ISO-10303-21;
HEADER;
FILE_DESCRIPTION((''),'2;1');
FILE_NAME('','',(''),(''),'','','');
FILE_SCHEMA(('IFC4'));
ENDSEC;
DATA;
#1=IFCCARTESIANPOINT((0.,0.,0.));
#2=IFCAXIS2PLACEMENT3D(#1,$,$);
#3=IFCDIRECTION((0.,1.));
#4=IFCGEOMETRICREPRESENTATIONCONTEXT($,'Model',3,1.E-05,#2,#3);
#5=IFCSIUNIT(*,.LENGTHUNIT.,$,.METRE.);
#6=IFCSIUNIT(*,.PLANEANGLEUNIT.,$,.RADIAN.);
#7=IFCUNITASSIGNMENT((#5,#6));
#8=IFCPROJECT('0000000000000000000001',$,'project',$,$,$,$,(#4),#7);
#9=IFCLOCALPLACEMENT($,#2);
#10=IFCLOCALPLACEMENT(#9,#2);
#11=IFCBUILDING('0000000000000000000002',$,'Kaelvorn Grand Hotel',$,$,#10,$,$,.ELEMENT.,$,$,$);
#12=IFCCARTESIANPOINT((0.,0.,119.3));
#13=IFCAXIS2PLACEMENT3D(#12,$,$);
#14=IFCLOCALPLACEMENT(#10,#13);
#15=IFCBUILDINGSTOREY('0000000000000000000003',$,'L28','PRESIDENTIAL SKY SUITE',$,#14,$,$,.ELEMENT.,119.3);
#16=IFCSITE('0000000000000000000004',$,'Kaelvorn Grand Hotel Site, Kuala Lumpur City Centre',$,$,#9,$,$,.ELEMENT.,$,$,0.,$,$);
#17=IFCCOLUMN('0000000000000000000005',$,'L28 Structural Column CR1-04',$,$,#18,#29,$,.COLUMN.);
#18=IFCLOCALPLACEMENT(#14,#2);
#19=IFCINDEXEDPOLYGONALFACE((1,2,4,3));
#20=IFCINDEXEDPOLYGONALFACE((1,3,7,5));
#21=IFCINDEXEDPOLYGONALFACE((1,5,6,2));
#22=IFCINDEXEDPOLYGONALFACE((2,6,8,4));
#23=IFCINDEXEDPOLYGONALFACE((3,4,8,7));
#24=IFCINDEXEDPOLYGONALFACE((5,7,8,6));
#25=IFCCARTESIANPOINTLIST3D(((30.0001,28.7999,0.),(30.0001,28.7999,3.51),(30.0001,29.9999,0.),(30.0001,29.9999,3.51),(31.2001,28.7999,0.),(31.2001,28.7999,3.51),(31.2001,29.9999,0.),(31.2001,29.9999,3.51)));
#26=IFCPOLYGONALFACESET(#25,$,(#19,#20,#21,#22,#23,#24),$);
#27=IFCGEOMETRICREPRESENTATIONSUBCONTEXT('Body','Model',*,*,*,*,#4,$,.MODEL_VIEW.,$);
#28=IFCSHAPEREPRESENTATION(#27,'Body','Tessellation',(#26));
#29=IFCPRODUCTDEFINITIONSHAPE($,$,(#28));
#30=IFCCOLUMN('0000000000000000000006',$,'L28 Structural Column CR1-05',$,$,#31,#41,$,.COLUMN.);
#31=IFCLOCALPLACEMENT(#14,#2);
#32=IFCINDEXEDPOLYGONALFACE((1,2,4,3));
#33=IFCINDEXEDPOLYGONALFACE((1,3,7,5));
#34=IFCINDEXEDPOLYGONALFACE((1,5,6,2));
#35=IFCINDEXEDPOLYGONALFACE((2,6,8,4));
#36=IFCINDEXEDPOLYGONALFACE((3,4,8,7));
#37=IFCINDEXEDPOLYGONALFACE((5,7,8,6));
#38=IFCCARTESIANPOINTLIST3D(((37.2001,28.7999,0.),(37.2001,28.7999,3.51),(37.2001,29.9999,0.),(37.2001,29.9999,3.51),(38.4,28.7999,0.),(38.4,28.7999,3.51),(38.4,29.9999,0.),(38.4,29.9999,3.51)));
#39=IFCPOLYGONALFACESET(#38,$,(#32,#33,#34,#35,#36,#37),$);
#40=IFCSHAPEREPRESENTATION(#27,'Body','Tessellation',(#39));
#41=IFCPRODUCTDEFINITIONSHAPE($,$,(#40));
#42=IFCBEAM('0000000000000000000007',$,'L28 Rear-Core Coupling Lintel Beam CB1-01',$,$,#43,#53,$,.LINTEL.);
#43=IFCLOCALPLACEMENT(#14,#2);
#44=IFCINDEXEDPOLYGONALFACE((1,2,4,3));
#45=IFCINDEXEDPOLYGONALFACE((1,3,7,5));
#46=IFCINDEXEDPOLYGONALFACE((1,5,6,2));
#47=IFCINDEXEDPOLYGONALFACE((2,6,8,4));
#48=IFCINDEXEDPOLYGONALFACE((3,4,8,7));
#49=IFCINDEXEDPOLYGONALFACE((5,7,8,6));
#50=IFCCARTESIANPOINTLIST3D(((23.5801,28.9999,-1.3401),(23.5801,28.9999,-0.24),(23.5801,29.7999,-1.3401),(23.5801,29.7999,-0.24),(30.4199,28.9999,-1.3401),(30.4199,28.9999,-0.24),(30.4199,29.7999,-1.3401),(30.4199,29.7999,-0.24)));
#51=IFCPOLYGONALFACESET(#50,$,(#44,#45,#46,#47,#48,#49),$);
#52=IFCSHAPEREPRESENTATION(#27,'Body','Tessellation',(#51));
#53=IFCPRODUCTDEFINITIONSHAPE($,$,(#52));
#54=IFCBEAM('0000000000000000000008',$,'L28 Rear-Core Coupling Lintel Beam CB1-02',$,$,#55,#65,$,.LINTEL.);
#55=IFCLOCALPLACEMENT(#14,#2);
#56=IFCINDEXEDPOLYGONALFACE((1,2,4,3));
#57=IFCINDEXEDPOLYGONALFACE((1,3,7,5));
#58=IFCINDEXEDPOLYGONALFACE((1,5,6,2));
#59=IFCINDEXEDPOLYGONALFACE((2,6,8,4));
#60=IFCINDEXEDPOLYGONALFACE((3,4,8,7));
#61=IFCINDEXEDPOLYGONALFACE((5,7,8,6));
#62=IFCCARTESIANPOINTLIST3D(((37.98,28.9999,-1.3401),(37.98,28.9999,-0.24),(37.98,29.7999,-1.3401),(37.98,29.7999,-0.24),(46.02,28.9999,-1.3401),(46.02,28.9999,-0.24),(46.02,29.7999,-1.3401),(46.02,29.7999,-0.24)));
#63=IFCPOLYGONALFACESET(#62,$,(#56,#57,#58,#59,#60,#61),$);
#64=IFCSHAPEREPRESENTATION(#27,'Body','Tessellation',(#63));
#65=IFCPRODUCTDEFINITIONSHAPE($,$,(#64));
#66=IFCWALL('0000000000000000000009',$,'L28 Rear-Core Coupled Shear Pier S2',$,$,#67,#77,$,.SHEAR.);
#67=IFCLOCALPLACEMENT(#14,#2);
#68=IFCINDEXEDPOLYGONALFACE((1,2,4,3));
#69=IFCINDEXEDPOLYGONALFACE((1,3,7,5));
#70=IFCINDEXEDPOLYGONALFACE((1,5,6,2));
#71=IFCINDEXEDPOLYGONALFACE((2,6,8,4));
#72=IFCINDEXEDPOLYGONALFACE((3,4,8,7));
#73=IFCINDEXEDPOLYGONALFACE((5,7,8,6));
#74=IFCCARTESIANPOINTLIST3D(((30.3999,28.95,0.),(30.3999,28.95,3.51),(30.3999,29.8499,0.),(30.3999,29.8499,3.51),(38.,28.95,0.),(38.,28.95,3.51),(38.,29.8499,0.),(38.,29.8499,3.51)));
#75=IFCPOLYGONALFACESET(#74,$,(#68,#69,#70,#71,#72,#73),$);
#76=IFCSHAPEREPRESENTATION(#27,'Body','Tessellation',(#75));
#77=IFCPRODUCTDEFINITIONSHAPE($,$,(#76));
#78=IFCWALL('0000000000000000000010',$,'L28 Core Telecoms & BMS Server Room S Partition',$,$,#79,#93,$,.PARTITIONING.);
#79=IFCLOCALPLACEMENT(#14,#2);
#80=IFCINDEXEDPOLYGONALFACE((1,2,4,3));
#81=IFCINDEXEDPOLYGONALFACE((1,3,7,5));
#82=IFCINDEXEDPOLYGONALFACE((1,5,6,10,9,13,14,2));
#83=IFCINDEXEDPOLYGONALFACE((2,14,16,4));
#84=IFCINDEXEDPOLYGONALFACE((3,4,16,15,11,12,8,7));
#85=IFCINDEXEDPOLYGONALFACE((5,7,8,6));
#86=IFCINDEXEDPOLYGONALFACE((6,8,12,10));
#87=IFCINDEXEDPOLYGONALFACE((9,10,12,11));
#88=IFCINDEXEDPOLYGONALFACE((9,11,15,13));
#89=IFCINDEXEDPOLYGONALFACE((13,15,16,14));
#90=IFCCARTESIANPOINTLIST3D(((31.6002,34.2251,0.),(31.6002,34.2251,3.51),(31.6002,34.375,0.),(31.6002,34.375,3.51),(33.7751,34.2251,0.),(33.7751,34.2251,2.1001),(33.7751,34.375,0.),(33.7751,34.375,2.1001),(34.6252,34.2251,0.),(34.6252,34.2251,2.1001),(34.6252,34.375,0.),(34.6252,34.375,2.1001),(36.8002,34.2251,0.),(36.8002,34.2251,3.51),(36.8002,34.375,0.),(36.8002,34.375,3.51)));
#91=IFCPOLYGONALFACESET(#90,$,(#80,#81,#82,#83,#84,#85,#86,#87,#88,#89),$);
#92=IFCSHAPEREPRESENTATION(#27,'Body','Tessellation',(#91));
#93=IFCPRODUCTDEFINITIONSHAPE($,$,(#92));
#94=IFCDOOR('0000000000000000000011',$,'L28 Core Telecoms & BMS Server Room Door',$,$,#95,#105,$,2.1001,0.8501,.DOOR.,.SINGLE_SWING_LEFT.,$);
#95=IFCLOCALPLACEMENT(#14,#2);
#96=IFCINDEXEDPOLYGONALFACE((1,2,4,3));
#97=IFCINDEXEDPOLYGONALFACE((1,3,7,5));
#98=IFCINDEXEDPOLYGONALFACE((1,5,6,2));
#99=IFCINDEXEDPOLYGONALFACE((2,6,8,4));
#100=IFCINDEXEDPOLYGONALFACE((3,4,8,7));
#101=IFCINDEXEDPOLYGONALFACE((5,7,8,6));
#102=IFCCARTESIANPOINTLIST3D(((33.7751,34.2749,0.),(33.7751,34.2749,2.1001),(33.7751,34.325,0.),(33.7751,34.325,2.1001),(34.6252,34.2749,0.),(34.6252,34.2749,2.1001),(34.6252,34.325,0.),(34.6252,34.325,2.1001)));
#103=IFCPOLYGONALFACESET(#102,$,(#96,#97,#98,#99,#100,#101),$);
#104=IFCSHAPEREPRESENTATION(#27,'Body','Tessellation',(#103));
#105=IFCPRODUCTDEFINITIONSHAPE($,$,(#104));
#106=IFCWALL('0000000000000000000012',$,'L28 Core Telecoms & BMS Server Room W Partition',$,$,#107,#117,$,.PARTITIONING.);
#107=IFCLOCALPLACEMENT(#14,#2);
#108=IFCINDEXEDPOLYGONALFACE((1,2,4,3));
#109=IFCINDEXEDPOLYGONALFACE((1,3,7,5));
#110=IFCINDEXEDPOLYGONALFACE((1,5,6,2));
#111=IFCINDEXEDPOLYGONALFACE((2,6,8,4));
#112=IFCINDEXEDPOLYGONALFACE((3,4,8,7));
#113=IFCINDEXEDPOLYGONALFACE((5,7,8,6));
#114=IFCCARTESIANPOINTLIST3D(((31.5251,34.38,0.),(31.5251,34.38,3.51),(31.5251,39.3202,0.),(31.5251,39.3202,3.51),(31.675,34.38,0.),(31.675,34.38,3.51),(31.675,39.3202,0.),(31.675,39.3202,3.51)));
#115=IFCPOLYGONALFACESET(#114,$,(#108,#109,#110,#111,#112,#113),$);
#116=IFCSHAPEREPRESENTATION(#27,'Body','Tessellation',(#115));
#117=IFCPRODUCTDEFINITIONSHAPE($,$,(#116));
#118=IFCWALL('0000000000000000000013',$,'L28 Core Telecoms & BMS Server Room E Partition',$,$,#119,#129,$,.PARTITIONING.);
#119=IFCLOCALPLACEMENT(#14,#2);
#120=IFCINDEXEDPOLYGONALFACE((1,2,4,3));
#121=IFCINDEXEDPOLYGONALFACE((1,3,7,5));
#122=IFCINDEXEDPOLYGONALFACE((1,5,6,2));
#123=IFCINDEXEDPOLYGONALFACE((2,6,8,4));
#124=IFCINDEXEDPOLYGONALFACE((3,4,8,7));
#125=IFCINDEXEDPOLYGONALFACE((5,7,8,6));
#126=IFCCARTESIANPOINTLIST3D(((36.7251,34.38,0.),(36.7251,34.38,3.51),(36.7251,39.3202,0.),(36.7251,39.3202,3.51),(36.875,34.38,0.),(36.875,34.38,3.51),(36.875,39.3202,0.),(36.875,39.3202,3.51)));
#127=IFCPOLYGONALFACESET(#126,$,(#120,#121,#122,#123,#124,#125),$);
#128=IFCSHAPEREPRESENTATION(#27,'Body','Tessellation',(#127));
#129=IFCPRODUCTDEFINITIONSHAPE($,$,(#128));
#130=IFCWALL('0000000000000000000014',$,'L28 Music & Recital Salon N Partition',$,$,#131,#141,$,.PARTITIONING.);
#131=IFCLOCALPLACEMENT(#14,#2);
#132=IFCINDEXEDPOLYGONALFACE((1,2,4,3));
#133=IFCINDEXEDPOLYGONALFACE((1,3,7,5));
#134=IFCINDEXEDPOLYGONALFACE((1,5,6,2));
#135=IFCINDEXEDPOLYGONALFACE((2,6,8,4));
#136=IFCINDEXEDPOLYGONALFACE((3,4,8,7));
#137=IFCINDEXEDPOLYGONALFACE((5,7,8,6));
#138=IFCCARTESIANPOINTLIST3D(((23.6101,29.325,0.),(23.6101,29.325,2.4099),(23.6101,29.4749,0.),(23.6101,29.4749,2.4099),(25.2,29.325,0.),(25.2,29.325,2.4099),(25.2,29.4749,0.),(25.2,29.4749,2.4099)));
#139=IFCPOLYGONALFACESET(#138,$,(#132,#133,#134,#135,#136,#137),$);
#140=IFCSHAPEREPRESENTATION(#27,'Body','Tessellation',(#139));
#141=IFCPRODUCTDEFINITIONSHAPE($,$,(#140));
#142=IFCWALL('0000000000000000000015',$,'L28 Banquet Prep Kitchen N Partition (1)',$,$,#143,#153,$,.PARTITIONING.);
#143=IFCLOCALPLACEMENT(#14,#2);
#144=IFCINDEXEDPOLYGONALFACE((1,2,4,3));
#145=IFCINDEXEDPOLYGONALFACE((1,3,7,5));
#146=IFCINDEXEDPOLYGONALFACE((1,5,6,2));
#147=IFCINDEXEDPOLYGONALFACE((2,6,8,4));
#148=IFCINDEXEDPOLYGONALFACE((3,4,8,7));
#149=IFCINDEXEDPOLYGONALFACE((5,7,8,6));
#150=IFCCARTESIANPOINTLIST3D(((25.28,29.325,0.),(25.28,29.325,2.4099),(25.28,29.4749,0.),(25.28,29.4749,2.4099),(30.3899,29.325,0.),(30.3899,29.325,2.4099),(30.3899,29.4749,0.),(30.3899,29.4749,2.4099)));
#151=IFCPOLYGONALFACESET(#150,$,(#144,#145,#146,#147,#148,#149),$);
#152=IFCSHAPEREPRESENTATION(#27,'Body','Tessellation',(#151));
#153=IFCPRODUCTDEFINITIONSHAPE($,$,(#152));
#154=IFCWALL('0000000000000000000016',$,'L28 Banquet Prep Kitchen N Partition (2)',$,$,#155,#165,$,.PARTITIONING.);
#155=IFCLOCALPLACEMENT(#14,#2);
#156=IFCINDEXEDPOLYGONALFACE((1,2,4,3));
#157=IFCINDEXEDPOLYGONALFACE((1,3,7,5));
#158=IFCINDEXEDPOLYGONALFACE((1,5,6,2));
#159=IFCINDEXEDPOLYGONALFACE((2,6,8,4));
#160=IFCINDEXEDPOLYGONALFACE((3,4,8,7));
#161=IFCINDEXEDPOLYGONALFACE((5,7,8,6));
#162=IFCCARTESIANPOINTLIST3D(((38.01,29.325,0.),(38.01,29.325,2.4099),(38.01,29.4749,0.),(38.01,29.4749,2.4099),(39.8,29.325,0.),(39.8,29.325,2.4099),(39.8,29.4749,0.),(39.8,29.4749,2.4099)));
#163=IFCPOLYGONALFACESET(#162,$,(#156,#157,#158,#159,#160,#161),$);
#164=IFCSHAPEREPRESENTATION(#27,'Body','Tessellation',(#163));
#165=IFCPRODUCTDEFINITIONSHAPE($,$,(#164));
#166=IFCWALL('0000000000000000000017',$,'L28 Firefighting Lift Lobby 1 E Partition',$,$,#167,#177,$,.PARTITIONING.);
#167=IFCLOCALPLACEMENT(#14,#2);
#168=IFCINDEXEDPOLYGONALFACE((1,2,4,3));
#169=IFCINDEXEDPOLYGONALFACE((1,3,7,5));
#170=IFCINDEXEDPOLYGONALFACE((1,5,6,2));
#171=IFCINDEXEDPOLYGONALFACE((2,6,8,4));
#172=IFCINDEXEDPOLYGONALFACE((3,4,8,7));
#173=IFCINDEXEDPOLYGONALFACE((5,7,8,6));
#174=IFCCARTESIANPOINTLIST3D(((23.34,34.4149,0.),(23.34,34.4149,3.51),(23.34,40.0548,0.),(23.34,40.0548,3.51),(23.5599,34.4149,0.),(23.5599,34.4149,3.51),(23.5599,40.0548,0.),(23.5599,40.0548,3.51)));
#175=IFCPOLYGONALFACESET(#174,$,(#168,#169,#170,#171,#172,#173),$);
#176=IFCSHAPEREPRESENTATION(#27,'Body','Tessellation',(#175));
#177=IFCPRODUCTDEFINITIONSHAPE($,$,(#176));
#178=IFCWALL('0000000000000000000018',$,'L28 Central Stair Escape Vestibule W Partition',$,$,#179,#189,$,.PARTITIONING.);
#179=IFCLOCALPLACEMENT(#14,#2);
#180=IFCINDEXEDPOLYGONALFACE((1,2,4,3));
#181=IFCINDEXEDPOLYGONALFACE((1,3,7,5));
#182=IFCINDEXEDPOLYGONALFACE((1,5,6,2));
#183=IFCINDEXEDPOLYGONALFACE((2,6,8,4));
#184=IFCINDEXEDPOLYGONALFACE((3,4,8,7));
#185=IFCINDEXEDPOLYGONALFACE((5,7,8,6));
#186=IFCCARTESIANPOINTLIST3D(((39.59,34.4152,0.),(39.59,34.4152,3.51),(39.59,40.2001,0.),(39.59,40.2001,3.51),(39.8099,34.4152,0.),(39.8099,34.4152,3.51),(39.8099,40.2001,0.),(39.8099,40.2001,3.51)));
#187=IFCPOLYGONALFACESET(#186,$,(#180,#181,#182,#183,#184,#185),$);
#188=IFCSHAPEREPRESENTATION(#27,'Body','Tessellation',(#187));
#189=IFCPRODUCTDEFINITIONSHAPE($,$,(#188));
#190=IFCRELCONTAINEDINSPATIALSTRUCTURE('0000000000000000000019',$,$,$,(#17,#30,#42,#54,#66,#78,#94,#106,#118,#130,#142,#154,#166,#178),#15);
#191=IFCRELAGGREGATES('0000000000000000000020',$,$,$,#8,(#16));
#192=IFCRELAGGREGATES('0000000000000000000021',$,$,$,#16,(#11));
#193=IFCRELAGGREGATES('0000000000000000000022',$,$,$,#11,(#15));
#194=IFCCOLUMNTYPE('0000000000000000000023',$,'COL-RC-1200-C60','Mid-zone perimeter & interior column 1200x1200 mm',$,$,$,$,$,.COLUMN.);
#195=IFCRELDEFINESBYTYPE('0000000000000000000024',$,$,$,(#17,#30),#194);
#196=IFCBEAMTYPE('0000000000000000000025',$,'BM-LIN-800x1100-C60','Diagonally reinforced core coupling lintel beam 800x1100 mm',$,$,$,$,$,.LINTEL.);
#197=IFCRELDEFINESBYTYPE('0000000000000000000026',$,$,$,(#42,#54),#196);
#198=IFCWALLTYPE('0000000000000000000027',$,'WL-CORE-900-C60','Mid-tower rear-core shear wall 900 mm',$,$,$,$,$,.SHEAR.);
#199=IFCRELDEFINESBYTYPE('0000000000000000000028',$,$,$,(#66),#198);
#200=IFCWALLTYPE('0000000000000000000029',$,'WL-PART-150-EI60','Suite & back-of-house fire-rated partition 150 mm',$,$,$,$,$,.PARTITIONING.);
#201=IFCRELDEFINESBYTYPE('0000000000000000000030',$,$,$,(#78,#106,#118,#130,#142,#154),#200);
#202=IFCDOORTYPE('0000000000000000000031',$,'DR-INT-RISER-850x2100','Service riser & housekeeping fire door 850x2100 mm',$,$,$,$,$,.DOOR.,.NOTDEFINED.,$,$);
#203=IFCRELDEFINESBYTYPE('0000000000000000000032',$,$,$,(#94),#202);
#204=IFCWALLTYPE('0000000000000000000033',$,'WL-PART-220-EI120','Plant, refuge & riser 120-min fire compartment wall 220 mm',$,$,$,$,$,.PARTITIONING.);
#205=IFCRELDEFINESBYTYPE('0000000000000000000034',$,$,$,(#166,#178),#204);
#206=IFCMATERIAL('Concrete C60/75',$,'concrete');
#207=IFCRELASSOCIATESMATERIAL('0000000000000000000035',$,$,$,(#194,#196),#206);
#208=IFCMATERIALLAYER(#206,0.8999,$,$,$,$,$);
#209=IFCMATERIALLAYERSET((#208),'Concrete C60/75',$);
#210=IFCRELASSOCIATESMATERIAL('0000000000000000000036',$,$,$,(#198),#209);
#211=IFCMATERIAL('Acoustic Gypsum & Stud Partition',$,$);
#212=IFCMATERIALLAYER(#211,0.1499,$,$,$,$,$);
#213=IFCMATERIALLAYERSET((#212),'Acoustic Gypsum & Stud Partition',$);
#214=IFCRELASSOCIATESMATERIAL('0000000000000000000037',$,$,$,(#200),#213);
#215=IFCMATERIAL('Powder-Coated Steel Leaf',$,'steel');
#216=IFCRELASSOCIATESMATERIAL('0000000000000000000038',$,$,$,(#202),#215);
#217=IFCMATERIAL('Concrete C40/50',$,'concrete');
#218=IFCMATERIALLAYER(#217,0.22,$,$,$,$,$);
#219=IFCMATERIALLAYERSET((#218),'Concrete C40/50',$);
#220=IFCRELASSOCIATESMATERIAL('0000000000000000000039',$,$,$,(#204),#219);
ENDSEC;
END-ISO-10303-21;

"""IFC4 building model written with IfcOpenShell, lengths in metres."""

from ifc_helpers import new_model, si_unit, direction, frame, frame_2d, origin, origin_2d, place, context, subcontext, project, spatial, rectangle, extrude, material, layer, layer_set, material_profile, profile_set, type_object, element, fill, save


model = new_model("IFC4")

# Units and contexts
model_context = context("Model", 3, precision=1e-05, world=origin(), true_north=direction((0.0, 1.0)))
body_context = subcontext(model_context, "Body", "Model", "MODEL_VIEW")
ifc_project = project(units=[si_unit("LENGTHUNIT", "METRE"), si_unit("PLANEANGLEUNIT", "RADIAN")], contexts=[model_context])

# Site, building, storey
site_placement = place(None, origin())
site = spatial("IfcSite", under=ifc_project, at=site_placement, Name="Kaelvorn Grand Hotel Site, Kuala Lumpur City Centre", CompositionType="ELEMENT", RefElevation=0.0)
building_placement = place(site_placement, origin())
building = spatial("IfcBuilding", under=site, at=building_placement, Name="Kaelvorn Grand Hotel", CompositionType="ELEMENT")
storey_placement = place(building_placement, frame((0.0, 0.0, 119.3)))
storey = spatial("IfcBuildingStorey", under=building, at=storey_placement, Name="L28", Description="PRESIDENTIAL SKY SUITE", CompositionType="ELEMENT", Elevation=119.3)

# Columns
ifc_material_1 = material(Name="Concrete C60/75", Category="concrete")
ifc_material_profile_1 = material_profile(ifc_material_1, rectangle(XDim=1.2, YDim=1.2, at=origin_2d()), Name="RC COL 1200x1200")
ifc_profile_set_1 = profile_set([ifc_material_profile_1], Name="Concrete C60/75")
column_type = type_object("IfcColumnType", Name="COL-RC-1200-C60", Description="Mid-zone perimeter & interior column 1200x1200 mm", PredefinedType="COLUMN", material=ifc_profile_set_1)
for number, where, z_axis, x_axis, name in (
    (1, (30.6001, 29.3999, 0.0), (0.0, 0.0, 1.0), (1.0, 0.0, 0.0), "L28 Structural Column CR1-04"),
    (2, (37.8, 29.3999, 0.0), (0.0, 0.0, 1.0), (1.0, 0.0, 0.0), "L28 Structural Column CR1-05"),
):
    element("IfcColumn", number, at=place(storey_placement, frame(where, z_axis=z_axis, x_axis=x_axis)), inside=storey, type_object=column_type, Name=name, PredefinedType="COLUMN", context=body_context, shape_type="SweptSolid", body=[
        extrude(rectangle(XDim=1.2, YDim=1.2, at=origin_2d()), origin(), (0.0, 0.0, 1.0), 3.51),
    ])

# Beams
ifc_material_profile_2 = material_profile(ifc_material_1, rectangle(XDim=0.8, YDim=1.1001, at=origin_2d()), Name="RC LINTEL 800x1100")
ifc_profile_set_2 = profile_set([ifc_material_profile_2], Name="Concrete C60/75")
beam_type = type_object("IfcBeamType", Name="BM-LIN-800x1100-C60", Description="Diagonally reinforced core coupling lintel beam 800x1100 mm", PredefinedType="LINTEL", material=ifc_profile_set_2)
beam_1_placement = place(storey_placement, frame((23.5801, 29.3999, -0.79), z_axis=(1.0, 0.0, 0.0), x_axis=(0.0, 1.0, 0.0)))
element("IfcBeam", 3, at=beam_1_placement, inside=storey, type_object=beam_type, Name="L28 Rear-Core Coupling Lintel Beam CB1-01", PredefinedType="LINTEL", context=body_context, shape_type="SweptSolid", body=[
    extrude(rectangle(XDim=0.8, YDim=1.1001, at=origin_2d()), origin(), (0.0, 0.0, 1.0), 6.8398),
])
beam_2_placement = place(storey_placement, frame((37.98, 29.3999, -0.79), z_axis=(1.0, 0.0, 0.0), x_axis=(0.0, 1.0, 0.0)))
element("IfcBeam", 4, at=beam_2_placement, inside=storey, type_object=beam_type, Name="L28 Rear-Core Coupling Lintel Beam CB1-02", PredefinedType="LINTEL", context=body_context, shape_type="SweptSolid", body=[
    extrude(rectangle(XDim=0.8, YDim=1.1001, at=origin_2d()), origin(), (0.0, 0.0, 1.0), 8.04),
])

# Wall
ifc_layer_1 = layer(ifc_material_1, 0.8999)
ifc_layer_set_1 = layer_set([ifc_layer_1], Name="Concrete C60/75")
wall_type_1 = type_object("IfcWallType", Name="WL-CORE-900-C60", Description="Mid-tower rear-core shear wall 900 mm", PredefinedType="SHEAR", material=ifc_layer_set_1)
wall_1_placement = place(storey_placement, frame((30.3999, 29.3999, 0.0), z_axis=(0.0, 0.0, 1.0), x_axis=(1.0, 0.0, 0.0)))
element("IfcWall", 5, at=wall_1_placement, inside=storey, type_object=wall_type_1, Name="L28 Rear-Core Coupled Shear Pier S2", PredefinedType="SHEAR", context=body_context, shape_type="SweptSolid", body=[
    extrude(rectangle(XDim=7.6001, YDim=0.8999, at=frame_2d((3.8, 0.0))), origin(), (0.0, 0.0, 1.0), 3.51),
])

# Wall, opening, door
ifc_material_2 = material(Name="Acoustic Gypsum & Stud Partition")
ifc_layer_2 = layer(ifc_material_2, 0.1499)
ifc_layer_set_2 = layer_set([ifc_layer_2], Name="Acoustic Gypsum & Stud Partition")
wall_type_2 = type_object("IfcWallType", Name="WL-PART-150-EI60", Description="Suite & back-of-house fire-rated partition 150 mm", PredefinedType="PARTITIONING", material=ifc_layer_set_2)
wall_2_placement = place(storey_placement, frame((31.6001, 34.3, 0.0), z_axis=(0.0, 0.0, 1.0), x_axis=(1.0, 0.0, 0.0)))
wall_2 = element("IfcWall", 6, at=wall_2_placement, inside=storey, type_object=wall_type_2, Name="L28 Core Telecoms & BMS Server Room S Partition", PredefinedType="PARTITIONING", context=body_context, shape_type="SweptSolid", body=[
    extrude(rectangle(XDim=5.2, YDim=0.1499, at=frame_2d((2.6001, 0.0))), origin(), (0.0, 0.0, 1.0), 3.51),
])
opening_1_placement = place(wall_2_placement, frame((2.175, 0.0, 0.0)))
opening_1 = element("IfcOpeningElement", 7, at=opening_1_placement, cuts=wall_2, PredefinedType="OPENING", context=body_context, shape_type="SweptSolid", body=[
    extrude(rectangle(XDim=0.8501, YDim=2.1001, at=frame_2d((0.425, 1.05))), frame((0.0, 0.085, 0.0), z_axis=(0.0, -1.0, 0.0), x_axis=(1.0, 0.0, 0.0)), (0.0, 0.0, 1.0), 0.1699),
])
ifc_material_3 = material(Name="Powder-Coated Steel Leaf", Category="steel")
door_type_1 = type_object("IfcDoorType", Name="DR-INT-RISER-850x2100", Description="Service riser & housekeeping fire door 850x2100 mm", OperationType="NOTDEFINED", PredefinedType="DOOR", material=ifc_material_3)
door_1_placement = place(opening_1_placement, origin())
door_1 = element("IfcDoor", 8, at=door_1_placement, inside=storey, type_object=door_type_1, Name="L28 Core Telecoms & BMS Server Room Door", OperationType="SINGLE_SWING_LEFT", OverallHeight=2.1001, OverallWidth=0.8501, PredefinedType="DOOR", context=body_context, shape_type="SweptSolid", body=[
    extrude(rectangle(XDim=0.8501, YDim=2.1001, at=frame_2d((0.425, 1.05))), frame((0.0, 0.0249, 0.0), z_axis=(0.0, -1.0, 0.0), x_axis=(1.0, 0.0, 0.0)), (0.0, 0.0, 1.0), 0.05),
])
fill(opening_1, door_1)

# Walls
for number, where, z_axis, x_axis, name in (
    (9, (31.6001, 34.3799, 0.0), (0.0, 0.0, 1.0), (0.0, 1.0, 0.0), "L28 Core Telecoms & BMS Server Room W Partition"),
    (10, (36.8, 34.3799, 0.0), (0.0, 0.0, 1.0), (0.0, 1.0, 0.0), "L28 Core Telecoms & BMS Server Room E Partition"),
):
    element("IfcWall", number, at=place(storey_placement, frame(where, z_axis=z_axis, x_axis=x_axis)), inside=storey, type_object=wall_type_2, Name=name, PredefinedType="PARTITIONING", context=body_context, shape_type="SweptSolid", body=[
        extrude(rectangle(XDim=4.9402, YDim=0.1499, at=frame_2d((2.4702, 0.0))), origin(), (0.0, 0.0, 1.0), 3.51),
    ])
wall_3_placement = place(storey_placement, frame((23.6101, 29.3999, 0.0), z_axis=(0.0, 0.0, 1.0), x_axis=(1.0, 0.0, 0.0)))
element("IfcWall", 11, at=wall_3_placement, inside=storey, type_object=wall_type_2, Name="L28 Music & Recital Salon N Partition", PredefinedType="PARTITIONING", context=body_context, shape_type="SweptSolid", body=[
    extrude(rectangle(XDim=1.5898, YDim=0.1499, at=frame_2d((0.7949, 0.0))), origin(), (0.0, 0.0, 1.0), 2.4099),
])
wall_4_placement = place(storey_placement, frame((25.28, 29.3999, 0.0), z_axis=(0.0, 0.0, 1.0), x_axis=(1.0, 0.0, 0.0)))
element("IfcWall", 12, at=wall_4_placement, inside=storey, type_object=wall_type_2, Name="L28 Banquet Prep Kitchen N Partition (1)", PredefinedType="PARTITIONING", context=body_context, shape_type="SweptSolid", body=[
    extrude(rectangle(XDim=5.1099, YDim=0.1499, at=frame_2d((2.5549, 0.0))), origin(), (0.0, 0.0, 1.0), 2.4099),
])
wall_5_placement = place(storey_placement, frame((38.01, 29.3999, 0.0), z_axis=(0.0, 0.0, 1.0), x_axis=(1.0, 0.0, 0.0)))
element("IfcWall", 13, at=wall_5_placement, inside=storey, type_object=wall_type_2, Name="L28 Banquet Prep Kitchen N Partition (2)", PredefinedType="PARTITIONING", context=body_context, shape_type="SweptSolid", body=[
    extrude(rectangle(XDim=1.79, YDim=0.1499, at=frame_2d((0.895, 0.0))), origin(), (0.0, 0.0, 1.0), 2.4099),
])
ifc_material_4 = material(Name="Concrete C40/50", Category="concrete")
ifc_layer_3 = layer(ifc_material_4, 0.22)
ifc_layer_set_3 = layer_set([ifc_layer_3], Name="Concrete C40/50")
wall_type_3 = type_object("IfcWallType", Name="WL-PART-220-EI120", Description="Plant, refuge & riser 120-min fire compartment wall 220 mm", PredefinedType="PARTITIONING", material=ifc_layer_set_3)
wall_6_placement = place(storey_placement, frame((23.45, 34.415, 0.0), z_axis=(0.0, 0.0, 1.0), x_axis=(0.0, 1.0, 0.0)))
element("IfcWall", 14, at=wall_6_placement, inside=storey, type_object=wall_type_3, Name="L28 Firefighting Lift Lobby 1 E Partition", PredefinedType="PARTITIONING", context=body_context, shape_type="SweptSolid", body=[
    extrude(rectangle(XDim=5.6399, YDim=0.22, at=frame_2d((2.8198, 0.0))), origin(), (0.0, 0.0, 1.0), 3.51),
])

# Wall
wall_7_placement = place(storey_placement, frame((39.7, 34.415, 0.0), z_axis=(0.0, 0.0, 1.0), x_axis=(0.0, 1.0, 0.0)))
element("IfcWall", 15, at=wall_7_placement, inside=storey, type_object=wall_type_3, Name="L28 Central Stair Escape Vestibule W Partition", PredefinedType="PARTITIONING", context=body_context, shape_type="SweptSolid", body=[
    extrude(rectangle(XDim=5.7849, YDim=0.22, at=frame_2d((2.8926, 0.0))), origin(), (0.0, 0.0, 1.0), 3.51),
])

save(model, "model.ifc")
